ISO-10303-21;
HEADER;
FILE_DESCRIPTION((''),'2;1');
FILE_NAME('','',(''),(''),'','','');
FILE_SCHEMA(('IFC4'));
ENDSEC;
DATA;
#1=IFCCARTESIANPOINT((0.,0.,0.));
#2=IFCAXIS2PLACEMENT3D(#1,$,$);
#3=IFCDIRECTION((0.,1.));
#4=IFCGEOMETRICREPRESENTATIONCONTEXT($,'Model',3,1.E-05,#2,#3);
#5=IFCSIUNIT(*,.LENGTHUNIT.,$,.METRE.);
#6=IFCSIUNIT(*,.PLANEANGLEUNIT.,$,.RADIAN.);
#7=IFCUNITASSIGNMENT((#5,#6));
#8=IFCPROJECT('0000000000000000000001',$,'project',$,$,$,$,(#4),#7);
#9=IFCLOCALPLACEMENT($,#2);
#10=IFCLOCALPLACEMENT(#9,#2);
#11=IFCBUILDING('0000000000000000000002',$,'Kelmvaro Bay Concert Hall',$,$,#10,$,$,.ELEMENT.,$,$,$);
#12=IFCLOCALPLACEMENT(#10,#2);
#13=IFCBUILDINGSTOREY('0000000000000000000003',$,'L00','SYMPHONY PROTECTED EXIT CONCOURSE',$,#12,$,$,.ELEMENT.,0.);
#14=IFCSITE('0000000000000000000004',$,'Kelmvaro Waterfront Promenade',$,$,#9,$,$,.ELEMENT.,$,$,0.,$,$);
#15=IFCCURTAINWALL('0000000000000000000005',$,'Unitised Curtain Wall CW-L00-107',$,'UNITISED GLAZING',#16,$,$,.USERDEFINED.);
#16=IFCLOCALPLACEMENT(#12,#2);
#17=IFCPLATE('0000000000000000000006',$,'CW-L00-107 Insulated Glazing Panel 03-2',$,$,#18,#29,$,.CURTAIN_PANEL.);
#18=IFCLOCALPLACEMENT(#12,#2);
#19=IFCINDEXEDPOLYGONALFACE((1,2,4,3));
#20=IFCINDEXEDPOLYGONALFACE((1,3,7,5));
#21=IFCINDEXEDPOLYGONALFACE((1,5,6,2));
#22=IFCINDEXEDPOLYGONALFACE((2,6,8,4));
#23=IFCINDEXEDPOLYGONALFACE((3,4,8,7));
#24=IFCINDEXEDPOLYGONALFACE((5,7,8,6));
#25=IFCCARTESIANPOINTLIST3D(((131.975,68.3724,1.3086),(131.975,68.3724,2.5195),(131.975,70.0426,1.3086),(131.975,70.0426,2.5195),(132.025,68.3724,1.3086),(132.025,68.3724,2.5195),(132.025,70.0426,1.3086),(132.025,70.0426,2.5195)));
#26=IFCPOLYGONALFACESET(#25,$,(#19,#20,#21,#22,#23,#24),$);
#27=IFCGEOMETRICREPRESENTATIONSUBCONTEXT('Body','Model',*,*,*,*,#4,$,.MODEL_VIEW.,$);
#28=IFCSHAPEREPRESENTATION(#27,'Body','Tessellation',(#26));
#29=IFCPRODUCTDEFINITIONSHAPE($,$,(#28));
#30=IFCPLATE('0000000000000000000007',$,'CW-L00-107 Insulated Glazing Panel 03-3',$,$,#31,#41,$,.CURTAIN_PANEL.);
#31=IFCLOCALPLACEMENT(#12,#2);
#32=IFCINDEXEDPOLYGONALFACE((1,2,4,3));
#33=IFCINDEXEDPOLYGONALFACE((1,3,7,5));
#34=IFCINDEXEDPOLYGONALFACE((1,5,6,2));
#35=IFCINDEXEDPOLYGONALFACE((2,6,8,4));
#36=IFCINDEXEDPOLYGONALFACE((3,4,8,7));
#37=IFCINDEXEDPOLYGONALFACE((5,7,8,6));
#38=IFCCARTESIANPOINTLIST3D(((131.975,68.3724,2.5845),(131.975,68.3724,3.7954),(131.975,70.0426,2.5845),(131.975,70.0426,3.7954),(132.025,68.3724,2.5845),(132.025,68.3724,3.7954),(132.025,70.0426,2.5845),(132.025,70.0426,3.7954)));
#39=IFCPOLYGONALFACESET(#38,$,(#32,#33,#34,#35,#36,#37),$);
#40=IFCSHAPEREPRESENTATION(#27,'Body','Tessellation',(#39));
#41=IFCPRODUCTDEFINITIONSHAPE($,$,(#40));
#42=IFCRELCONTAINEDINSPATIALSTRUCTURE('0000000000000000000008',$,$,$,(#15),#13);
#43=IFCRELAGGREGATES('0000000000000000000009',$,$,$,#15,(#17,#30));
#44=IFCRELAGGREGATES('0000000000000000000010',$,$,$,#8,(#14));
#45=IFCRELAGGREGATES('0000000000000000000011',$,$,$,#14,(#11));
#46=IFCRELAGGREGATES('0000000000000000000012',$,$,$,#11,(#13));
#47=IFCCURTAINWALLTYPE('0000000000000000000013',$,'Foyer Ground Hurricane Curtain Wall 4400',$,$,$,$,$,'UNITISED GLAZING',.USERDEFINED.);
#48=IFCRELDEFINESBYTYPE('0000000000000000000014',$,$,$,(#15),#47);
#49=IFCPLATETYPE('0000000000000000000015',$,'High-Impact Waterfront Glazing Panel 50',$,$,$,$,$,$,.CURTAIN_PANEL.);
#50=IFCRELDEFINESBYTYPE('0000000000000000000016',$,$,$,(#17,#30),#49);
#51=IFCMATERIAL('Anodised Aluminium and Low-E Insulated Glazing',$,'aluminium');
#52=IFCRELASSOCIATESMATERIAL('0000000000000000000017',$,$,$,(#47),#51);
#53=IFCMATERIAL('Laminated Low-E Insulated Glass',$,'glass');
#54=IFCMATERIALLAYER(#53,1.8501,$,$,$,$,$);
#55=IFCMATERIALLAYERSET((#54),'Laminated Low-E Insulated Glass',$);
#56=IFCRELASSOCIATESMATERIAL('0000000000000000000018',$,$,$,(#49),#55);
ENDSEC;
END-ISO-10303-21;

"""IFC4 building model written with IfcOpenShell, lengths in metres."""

from ifc_helpers import new_model, si_unit, direction, frame, origin, origin_2d, place, context, subcontext, project, spatial, rectangle, extrude, material, layer, layer_set, type_object, element, aggregate, save


model = new_model("IFC4")

# Units and contexts
model_context = context("Model", 3, precision=1e-05, world=origin(), true_north=direction((0.0, 1.0)))
body_context = subcontext(model_context, "Body", "Model", "MODEL_VIEW")
ifc_project = project(units=[si_unit("LENGTHUNIT", "METRE"), si_unit("PLANEANGLEUNIT", "RADIAN")], contexts=[model_context])

# Site, building, storey
site_placement = place(None, origin())
site = spatial("IfcSite", under=ifc_project, at=site_placement, Name="Kelmvaro Waterfront Promenade", CompositionType="ELEMENT", RefElevation=0.0)
building_placement = place(site_placement, origin())
building = spatial("IfcBuilding", under=site, at=building_placement, Name="Kelmvaro Bay Concert Hall", CompositionType="ELEMENT")
storey_placement = place(building_placement, origin())
storey = spatial("IfcBuildingStorey", under=building, at=storey_placement, Name="L00", Description="SYMPHONY PROTECTED EXIT CONCOURSE", CompositionType="ELEMENT", Elevation=0.0)

# Curtain wall
ifc_material_1 = material(Name="Anodised Aluminium and Low-E Insulated Glazing", Category="aluminium")
curtain_wall_type = type_object("IfcCurtainWallType", Name="Foyer Ground Hurricane Curtain Wall 4400", ElementType="UNITISED GLAZING", PredefinedType="USERDEFINED", material=ifc_material_1)
curtain_wall_1_placement = place(storey_placement, origin())
curtain_wall_1 = element("IfcCurtainWall", 1, at=curtain_wall_1_placement, inside=storey, type_object=curtain_wall_type, Name="Unitised Curtain Wall CW-L00-107", ObjectType="UNITISED GLAZING", PredefinedType="USERDEFINED")

# Plates
ifc_material_2 = material(Name="Laminated Low-E Insulated Glass", Category="glass")
ifc_layer_1 = layer(ifc_material_2, 1.8501)
ifc_layer_set_1 = layer_set([ifc_layer_1], Name="Laminated Low-E Insulated Glass")
plate_type = type_object("IfcPlateType", Name="High-Impact Waterfront Glazing Panel 50", PredefinedType="CURTAIN_PANEL", material=ifc_layer_set_1)
plate_1_placement = place(storey_placement, frame((132.0, 69.2075, 1.3086), z_axis=(0.0, 0.0, 1.0), x_axis=(0.0, -1.0, 0.0)))
plate_1 = element("IfcPlate", 2, at=plate_1_placement, type_object=plate_type, Name="CW-L00-107 Insulated Glazing Panel 03-2", PredefinedType="CURTAIN_PANEL", context=body_context, shape_type="SweptSolid", body=[
    extrude(rectangle(XDim=1.6702, YDim=0.05, at=origin_2d()), origin(), (0.0, 0.0, 1.0), 1.2109),
])
plate_2_placement = place(storey_placement, frame((132.0, 69.2075, 2.5845), z_axis=(0.0, 0.0, 1.0), x_axis=(0.0, -1.0, 0.0)))
plate_2 = element("IfcPlate", 3, at=plate_2_placement, type_object=plate_type, Name="CW-L00-107 Insulated Glazing Panel 03-3", PredefinedType="CURTAIN_PANEL", context=body_context, shape_type="SweptSolid", body=[
    extrude(rectangle(XDim=1.6702, YDim=0.05, at=origin_2d()), origin(), (0.0, 0.0, 1.0), 1.2109),
])
aggregate(curtain_wall_1, [plate_1, plate_2])

save(model, "model.ifc")
